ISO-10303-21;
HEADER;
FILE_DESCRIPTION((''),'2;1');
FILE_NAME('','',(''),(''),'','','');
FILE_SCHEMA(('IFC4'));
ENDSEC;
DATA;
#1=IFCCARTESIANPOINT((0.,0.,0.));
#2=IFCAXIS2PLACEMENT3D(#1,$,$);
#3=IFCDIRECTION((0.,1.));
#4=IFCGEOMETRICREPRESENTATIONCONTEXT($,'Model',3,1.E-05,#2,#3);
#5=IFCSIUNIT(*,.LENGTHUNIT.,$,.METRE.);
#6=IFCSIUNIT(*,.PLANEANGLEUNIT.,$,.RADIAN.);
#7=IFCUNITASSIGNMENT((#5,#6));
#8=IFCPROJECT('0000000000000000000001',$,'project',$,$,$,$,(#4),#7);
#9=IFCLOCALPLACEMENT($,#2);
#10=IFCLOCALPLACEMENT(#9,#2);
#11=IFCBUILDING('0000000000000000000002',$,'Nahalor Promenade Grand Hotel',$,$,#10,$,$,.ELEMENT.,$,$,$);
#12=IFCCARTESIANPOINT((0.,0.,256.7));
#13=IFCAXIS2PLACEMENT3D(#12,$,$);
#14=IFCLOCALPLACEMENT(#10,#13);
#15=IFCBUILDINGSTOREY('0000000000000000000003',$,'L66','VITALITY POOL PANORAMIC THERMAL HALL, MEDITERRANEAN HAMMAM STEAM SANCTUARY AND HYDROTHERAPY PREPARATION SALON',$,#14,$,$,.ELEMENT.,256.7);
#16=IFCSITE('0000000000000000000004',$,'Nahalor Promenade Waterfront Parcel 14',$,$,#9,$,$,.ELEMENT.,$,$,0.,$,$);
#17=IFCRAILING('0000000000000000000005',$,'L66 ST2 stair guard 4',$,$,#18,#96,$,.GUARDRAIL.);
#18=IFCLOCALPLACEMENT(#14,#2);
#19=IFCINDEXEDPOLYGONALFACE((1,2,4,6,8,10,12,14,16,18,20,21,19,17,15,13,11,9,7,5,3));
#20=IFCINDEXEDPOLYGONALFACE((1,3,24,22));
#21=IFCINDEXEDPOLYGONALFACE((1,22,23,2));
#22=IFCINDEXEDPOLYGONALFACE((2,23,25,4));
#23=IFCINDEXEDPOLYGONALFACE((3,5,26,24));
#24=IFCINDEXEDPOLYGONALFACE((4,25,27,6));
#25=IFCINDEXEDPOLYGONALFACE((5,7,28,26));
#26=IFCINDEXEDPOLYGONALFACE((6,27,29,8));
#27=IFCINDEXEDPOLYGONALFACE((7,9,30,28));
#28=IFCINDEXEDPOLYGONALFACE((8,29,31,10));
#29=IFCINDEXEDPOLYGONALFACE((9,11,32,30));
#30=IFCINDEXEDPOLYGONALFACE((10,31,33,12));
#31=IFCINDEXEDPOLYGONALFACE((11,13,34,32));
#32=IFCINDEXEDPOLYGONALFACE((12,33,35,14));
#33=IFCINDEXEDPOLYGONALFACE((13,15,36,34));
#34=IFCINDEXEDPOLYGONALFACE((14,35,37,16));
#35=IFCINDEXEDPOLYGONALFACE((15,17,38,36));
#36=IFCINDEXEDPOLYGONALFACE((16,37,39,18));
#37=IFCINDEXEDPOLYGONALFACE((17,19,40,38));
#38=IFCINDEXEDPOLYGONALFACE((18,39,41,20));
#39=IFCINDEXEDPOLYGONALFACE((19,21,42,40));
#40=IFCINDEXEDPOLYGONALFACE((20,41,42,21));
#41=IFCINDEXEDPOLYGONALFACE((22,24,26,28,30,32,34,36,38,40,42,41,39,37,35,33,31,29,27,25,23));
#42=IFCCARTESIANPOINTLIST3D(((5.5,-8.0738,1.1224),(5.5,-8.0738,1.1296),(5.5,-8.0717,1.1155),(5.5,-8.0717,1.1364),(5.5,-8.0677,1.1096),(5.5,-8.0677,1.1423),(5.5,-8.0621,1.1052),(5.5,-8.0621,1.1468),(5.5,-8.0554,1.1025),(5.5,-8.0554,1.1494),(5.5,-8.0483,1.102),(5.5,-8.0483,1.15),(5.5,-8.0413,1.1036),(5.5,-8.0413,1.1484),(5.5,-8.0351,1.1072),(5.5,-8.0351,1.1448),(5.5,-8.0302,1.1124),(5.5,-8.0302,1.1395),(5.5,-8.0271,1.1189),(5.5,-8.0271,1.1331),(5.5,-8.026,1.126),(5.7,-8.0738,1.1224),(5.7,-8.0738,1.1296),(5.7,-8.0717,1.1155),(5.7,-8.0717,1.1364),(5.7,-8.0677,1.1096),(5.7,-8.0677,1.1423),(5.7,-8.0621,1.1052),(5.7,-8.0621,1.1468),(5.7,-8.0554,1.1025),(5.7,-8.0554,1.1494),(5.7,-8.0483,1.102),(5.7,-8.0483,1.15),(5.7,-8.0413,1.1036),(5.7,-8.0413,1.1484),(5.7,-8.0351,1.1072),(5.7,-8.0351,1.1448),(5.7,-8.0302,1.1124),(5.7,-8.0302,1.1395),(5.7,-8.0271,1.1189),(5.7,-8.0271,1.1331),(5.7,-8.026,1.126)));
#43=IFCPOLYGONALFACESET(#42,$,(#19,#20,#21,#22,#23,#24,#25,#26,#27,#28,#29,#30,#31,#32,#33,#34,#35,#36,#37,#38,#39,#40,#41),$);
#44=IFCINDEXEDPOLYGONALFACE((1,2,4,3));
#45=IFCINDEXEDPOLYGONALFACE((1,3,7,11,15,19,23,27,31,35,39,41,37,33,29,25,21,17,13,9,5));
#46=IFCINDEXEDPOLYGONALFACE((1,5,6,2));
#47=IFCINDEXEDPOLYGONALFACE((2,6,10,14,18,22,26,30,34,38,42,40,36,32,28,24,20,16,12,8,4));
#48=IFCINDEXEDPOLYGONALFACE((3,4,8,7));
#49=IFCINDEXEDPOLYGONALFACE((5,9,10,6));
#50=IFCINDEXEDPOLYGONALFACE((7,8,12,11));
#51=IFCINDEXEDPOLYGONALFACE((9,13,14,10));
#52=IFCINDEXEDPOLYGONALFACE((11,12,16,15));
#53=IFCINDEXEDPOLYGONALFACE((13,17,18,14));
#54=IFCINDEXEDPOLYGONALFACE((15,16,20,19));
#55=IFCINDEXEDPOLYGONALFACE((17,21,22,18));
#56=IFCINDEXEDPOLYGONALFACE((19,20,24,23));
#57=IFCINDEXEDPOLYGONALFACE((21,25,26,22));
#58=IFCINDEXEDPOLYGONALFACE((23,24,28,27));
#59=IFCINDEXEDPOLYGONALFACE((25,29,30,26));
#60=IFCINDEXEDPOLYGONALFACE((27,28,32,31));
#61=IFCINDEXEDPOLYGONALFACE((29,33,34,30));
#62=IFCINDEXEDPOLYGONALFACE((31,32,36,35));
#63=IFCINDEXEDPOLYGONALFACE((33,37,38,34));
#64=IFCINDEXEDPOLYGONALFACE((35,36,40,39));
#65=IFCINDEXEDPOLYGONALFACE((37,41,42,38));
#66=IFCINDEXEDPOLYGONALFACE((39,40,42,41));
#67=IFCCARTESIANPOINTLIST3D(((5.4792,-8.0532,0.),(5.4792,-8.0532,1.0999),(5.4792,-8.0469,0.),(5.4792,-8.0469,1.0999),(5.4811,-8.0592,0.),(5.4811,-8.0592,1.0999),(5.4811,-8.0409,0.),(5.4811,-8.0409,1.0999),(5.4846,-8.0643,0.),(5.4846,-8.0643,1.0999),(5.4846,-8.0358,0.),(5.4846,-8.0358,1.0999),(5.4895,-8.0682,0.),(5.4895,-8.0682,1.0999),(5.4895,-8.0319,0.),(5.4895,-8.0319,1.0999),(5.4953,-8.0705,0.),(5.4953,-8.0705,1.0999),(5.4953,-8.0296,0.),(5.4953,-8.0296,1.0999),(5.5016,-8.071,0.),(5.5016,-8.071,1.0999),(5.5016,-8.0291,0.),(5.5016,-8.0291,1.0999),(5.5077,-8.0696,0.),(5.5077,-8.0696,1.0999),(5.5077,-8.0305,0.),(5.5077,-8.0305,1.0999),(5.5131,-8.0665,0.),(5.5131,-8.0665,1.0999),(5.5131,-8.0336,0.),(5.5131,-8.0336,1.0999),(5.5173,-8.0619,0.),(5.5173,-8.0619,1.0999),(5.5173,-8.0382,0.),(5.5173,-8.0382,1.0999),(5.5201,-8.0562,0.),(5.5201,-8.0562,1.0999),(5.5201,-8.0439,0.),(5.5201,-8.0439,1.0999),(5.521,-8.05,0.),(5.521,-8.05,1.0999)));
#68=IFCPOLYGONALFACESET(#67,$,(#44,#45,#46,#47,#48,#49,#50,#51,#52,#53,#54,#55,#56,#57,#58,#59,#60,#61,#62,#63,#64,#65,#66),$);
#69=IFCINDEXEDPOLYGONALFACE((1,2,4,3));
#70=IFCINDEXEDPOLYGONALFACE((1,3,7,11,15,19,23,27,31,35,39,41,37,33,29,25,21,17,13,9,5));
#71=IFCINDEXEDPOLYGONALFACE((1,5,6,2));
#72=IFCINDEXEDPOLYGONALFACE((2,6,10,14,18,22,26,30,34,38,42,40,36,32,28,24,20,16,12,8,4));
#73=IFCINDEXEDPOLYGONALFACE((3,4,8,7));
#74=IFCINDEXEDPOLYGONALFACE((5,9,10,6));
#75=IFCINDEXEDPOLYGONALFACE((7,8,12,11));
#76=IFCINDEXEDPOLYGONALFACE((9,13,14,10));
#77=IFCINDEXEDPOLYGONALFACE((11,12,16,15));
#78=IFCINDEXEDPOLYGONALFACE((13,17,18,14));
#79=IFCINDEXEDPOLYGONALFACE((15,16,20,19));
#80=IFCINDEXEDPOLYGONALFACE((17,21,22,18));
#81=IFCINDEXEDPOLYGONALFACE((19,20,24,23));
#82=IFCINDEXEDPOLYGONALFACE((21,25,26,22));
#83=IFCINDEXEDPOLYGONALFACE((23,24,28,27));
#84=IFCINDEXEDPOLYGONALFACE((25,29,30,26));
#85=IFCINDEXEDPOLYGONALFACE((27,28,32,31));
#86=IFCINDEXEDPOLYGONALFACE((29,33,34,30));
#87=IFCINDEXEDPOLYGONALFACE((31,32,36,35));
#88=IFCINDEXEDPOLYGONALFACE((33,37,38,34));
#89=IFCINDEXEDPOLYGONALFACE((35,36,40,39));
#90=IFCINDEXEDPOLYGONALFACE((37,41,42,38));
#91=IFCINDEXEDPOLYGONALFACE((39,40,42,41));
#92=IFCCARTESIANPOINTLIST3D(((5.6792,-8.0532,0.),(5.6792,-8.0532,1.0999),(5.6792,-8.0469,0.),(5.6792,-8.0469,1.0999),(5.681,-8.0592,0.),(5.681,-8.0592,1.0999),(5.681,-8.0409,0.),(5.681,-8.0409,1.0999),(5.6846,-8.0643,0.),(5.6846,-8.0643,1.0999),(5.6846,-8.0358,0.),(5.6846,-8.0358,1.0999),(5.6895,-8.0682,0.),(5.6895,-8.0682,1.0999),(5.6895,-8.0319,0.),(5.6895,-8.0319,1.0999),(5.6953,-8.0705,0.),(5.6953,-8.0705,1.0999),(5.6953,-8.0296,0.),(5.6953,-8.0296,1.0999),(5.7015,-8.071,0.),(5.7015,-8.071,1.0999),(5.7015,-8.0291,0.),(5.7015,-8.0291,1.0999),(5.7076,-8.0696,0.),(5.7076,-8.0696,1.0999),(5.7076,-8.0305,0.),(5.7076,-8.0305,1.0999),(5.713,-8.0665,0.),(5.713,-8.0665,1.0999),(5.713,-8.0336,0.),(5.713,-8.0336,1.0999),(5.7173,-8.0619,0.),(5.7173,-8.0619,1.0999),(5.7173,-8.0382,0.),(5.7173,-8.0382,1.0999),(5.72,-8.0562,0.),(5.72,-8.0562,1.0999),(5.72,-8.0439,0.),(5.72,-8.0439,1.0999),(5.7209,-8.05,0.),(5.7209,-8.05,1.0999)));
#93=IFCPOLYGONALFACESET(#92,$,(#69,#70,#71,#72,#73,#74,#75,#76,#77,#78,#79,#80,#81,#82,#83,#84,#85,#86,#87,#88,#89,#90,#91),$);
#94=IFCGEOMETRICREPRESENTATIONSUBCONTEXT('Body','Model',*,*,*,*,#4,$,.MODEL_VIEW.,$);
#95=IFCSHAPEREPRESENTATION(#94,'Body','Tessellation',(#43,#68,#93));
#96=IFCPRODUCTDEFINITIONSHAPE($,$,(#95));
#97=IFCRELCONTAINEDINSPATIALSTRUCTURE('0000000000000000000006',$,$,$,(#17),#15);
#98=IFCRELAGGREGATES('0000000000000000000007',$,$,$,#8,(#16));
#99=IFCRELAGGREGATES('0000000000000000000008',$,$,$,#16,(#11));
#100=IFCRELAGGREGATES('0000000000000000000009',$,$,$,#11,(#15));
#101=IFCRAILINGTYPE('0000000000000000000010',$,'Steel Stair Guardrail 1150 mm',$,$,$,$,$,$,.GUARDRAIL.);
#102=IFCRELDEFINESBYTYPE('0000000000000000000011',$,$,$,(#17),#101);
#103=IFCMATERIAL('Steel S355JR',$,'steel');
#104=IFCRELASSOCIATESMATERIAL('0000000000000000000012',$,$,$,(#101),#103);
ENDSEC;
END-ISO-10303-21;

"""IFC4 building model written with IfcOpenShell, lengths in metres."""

from ifc_helpers import new_model, si_unit, direction, frame, origin, origin_2d, place, context, subcontext, project, spatial, circle, extrude, material, type_object, element, save


model = new_model("IFC4")

# Units and contexts
model_context = context("Model", 3, precision=1e-05, world=origin(), true_north=direction((0.0, 1.0)))
body_context = subcontext(model_context, "Body", "Model", "MODEL_VIEW")
ifc_project = project(units=[si_unit("LENGTHUNIT", "METRE"), si_unit("PLANEANGLEUNIT", "RADIAN")], contexts=[model_context])

# Site, building, storey
site_placement = place(None, origin())
site = spatial("IfcSite", under=ifc_project, at=site_placement, Name="Nahalor Promenade Waterfront Parcel 14", CompositionType="ELEMENT", RefElevation=0.0)
building_placement = place(site_placement, origin())
building = spatial("IfcBuilding", under=site, at=building_placement, Name="Nahalor Promenade Grand Hotel", CompositionType="ELEMENT")
storey_placement = place(building_placement, frame((0.0, 0.0, 256.7)))
storey = spatial("IfcBuildingStorey", under=building, at=storey_placement, Name="L66", Description="VITALITY POOL PANORAMIC THERMAL HALL, MEDITERRANEAN HAMMAM STEAM SANCTUARY AND HYDROTHERAPY PREPARATION SALON", CompositionType="ELEMENT", Elevation=256.7)

# Shared definitions
ifc_material_1 = material(Name="Steel S355JR", Category="steel")

# Railing
railing_type_1 = type_object("IfcRailingType", Name="Steel Stair Guardrail 1150 mm", PredefinedType="GUARDRAIL", material=ifc_material_1)
railing_1_placement = place(storey_placement, frame((5.5, -8.05, 0.0)))
element("IfcRailing", 1, at=railing_1_placement, inside=storey, type_object=railing_type_1, Name="L66 ST2 stair guard 4", PredefinedType="GUARDRAIL", context=body_context, shape_type="SweptSolid", body=[
    extrude(circle(Radius=0.024, at=origin_2d()), frame((0.0, 0.0, 1.126), z_axis=(1.0, 0.0, 0.0), x_axis=(0.0, 1.0, 0.0)), (0.0, 0.0, 1.0), 0.2),
    extrude(circle(Radius=0.021, at=origin_2d()), origin(), (0.0, 0.0, 1.0), 1.0999),
    extrude(circle(Radius=0.021, at=origin_2d()), frame((0.2, 0.0, 0.0)), (0.0, 0.0, 1.0), 1.0999),
])

save(model, "model.ifc")
